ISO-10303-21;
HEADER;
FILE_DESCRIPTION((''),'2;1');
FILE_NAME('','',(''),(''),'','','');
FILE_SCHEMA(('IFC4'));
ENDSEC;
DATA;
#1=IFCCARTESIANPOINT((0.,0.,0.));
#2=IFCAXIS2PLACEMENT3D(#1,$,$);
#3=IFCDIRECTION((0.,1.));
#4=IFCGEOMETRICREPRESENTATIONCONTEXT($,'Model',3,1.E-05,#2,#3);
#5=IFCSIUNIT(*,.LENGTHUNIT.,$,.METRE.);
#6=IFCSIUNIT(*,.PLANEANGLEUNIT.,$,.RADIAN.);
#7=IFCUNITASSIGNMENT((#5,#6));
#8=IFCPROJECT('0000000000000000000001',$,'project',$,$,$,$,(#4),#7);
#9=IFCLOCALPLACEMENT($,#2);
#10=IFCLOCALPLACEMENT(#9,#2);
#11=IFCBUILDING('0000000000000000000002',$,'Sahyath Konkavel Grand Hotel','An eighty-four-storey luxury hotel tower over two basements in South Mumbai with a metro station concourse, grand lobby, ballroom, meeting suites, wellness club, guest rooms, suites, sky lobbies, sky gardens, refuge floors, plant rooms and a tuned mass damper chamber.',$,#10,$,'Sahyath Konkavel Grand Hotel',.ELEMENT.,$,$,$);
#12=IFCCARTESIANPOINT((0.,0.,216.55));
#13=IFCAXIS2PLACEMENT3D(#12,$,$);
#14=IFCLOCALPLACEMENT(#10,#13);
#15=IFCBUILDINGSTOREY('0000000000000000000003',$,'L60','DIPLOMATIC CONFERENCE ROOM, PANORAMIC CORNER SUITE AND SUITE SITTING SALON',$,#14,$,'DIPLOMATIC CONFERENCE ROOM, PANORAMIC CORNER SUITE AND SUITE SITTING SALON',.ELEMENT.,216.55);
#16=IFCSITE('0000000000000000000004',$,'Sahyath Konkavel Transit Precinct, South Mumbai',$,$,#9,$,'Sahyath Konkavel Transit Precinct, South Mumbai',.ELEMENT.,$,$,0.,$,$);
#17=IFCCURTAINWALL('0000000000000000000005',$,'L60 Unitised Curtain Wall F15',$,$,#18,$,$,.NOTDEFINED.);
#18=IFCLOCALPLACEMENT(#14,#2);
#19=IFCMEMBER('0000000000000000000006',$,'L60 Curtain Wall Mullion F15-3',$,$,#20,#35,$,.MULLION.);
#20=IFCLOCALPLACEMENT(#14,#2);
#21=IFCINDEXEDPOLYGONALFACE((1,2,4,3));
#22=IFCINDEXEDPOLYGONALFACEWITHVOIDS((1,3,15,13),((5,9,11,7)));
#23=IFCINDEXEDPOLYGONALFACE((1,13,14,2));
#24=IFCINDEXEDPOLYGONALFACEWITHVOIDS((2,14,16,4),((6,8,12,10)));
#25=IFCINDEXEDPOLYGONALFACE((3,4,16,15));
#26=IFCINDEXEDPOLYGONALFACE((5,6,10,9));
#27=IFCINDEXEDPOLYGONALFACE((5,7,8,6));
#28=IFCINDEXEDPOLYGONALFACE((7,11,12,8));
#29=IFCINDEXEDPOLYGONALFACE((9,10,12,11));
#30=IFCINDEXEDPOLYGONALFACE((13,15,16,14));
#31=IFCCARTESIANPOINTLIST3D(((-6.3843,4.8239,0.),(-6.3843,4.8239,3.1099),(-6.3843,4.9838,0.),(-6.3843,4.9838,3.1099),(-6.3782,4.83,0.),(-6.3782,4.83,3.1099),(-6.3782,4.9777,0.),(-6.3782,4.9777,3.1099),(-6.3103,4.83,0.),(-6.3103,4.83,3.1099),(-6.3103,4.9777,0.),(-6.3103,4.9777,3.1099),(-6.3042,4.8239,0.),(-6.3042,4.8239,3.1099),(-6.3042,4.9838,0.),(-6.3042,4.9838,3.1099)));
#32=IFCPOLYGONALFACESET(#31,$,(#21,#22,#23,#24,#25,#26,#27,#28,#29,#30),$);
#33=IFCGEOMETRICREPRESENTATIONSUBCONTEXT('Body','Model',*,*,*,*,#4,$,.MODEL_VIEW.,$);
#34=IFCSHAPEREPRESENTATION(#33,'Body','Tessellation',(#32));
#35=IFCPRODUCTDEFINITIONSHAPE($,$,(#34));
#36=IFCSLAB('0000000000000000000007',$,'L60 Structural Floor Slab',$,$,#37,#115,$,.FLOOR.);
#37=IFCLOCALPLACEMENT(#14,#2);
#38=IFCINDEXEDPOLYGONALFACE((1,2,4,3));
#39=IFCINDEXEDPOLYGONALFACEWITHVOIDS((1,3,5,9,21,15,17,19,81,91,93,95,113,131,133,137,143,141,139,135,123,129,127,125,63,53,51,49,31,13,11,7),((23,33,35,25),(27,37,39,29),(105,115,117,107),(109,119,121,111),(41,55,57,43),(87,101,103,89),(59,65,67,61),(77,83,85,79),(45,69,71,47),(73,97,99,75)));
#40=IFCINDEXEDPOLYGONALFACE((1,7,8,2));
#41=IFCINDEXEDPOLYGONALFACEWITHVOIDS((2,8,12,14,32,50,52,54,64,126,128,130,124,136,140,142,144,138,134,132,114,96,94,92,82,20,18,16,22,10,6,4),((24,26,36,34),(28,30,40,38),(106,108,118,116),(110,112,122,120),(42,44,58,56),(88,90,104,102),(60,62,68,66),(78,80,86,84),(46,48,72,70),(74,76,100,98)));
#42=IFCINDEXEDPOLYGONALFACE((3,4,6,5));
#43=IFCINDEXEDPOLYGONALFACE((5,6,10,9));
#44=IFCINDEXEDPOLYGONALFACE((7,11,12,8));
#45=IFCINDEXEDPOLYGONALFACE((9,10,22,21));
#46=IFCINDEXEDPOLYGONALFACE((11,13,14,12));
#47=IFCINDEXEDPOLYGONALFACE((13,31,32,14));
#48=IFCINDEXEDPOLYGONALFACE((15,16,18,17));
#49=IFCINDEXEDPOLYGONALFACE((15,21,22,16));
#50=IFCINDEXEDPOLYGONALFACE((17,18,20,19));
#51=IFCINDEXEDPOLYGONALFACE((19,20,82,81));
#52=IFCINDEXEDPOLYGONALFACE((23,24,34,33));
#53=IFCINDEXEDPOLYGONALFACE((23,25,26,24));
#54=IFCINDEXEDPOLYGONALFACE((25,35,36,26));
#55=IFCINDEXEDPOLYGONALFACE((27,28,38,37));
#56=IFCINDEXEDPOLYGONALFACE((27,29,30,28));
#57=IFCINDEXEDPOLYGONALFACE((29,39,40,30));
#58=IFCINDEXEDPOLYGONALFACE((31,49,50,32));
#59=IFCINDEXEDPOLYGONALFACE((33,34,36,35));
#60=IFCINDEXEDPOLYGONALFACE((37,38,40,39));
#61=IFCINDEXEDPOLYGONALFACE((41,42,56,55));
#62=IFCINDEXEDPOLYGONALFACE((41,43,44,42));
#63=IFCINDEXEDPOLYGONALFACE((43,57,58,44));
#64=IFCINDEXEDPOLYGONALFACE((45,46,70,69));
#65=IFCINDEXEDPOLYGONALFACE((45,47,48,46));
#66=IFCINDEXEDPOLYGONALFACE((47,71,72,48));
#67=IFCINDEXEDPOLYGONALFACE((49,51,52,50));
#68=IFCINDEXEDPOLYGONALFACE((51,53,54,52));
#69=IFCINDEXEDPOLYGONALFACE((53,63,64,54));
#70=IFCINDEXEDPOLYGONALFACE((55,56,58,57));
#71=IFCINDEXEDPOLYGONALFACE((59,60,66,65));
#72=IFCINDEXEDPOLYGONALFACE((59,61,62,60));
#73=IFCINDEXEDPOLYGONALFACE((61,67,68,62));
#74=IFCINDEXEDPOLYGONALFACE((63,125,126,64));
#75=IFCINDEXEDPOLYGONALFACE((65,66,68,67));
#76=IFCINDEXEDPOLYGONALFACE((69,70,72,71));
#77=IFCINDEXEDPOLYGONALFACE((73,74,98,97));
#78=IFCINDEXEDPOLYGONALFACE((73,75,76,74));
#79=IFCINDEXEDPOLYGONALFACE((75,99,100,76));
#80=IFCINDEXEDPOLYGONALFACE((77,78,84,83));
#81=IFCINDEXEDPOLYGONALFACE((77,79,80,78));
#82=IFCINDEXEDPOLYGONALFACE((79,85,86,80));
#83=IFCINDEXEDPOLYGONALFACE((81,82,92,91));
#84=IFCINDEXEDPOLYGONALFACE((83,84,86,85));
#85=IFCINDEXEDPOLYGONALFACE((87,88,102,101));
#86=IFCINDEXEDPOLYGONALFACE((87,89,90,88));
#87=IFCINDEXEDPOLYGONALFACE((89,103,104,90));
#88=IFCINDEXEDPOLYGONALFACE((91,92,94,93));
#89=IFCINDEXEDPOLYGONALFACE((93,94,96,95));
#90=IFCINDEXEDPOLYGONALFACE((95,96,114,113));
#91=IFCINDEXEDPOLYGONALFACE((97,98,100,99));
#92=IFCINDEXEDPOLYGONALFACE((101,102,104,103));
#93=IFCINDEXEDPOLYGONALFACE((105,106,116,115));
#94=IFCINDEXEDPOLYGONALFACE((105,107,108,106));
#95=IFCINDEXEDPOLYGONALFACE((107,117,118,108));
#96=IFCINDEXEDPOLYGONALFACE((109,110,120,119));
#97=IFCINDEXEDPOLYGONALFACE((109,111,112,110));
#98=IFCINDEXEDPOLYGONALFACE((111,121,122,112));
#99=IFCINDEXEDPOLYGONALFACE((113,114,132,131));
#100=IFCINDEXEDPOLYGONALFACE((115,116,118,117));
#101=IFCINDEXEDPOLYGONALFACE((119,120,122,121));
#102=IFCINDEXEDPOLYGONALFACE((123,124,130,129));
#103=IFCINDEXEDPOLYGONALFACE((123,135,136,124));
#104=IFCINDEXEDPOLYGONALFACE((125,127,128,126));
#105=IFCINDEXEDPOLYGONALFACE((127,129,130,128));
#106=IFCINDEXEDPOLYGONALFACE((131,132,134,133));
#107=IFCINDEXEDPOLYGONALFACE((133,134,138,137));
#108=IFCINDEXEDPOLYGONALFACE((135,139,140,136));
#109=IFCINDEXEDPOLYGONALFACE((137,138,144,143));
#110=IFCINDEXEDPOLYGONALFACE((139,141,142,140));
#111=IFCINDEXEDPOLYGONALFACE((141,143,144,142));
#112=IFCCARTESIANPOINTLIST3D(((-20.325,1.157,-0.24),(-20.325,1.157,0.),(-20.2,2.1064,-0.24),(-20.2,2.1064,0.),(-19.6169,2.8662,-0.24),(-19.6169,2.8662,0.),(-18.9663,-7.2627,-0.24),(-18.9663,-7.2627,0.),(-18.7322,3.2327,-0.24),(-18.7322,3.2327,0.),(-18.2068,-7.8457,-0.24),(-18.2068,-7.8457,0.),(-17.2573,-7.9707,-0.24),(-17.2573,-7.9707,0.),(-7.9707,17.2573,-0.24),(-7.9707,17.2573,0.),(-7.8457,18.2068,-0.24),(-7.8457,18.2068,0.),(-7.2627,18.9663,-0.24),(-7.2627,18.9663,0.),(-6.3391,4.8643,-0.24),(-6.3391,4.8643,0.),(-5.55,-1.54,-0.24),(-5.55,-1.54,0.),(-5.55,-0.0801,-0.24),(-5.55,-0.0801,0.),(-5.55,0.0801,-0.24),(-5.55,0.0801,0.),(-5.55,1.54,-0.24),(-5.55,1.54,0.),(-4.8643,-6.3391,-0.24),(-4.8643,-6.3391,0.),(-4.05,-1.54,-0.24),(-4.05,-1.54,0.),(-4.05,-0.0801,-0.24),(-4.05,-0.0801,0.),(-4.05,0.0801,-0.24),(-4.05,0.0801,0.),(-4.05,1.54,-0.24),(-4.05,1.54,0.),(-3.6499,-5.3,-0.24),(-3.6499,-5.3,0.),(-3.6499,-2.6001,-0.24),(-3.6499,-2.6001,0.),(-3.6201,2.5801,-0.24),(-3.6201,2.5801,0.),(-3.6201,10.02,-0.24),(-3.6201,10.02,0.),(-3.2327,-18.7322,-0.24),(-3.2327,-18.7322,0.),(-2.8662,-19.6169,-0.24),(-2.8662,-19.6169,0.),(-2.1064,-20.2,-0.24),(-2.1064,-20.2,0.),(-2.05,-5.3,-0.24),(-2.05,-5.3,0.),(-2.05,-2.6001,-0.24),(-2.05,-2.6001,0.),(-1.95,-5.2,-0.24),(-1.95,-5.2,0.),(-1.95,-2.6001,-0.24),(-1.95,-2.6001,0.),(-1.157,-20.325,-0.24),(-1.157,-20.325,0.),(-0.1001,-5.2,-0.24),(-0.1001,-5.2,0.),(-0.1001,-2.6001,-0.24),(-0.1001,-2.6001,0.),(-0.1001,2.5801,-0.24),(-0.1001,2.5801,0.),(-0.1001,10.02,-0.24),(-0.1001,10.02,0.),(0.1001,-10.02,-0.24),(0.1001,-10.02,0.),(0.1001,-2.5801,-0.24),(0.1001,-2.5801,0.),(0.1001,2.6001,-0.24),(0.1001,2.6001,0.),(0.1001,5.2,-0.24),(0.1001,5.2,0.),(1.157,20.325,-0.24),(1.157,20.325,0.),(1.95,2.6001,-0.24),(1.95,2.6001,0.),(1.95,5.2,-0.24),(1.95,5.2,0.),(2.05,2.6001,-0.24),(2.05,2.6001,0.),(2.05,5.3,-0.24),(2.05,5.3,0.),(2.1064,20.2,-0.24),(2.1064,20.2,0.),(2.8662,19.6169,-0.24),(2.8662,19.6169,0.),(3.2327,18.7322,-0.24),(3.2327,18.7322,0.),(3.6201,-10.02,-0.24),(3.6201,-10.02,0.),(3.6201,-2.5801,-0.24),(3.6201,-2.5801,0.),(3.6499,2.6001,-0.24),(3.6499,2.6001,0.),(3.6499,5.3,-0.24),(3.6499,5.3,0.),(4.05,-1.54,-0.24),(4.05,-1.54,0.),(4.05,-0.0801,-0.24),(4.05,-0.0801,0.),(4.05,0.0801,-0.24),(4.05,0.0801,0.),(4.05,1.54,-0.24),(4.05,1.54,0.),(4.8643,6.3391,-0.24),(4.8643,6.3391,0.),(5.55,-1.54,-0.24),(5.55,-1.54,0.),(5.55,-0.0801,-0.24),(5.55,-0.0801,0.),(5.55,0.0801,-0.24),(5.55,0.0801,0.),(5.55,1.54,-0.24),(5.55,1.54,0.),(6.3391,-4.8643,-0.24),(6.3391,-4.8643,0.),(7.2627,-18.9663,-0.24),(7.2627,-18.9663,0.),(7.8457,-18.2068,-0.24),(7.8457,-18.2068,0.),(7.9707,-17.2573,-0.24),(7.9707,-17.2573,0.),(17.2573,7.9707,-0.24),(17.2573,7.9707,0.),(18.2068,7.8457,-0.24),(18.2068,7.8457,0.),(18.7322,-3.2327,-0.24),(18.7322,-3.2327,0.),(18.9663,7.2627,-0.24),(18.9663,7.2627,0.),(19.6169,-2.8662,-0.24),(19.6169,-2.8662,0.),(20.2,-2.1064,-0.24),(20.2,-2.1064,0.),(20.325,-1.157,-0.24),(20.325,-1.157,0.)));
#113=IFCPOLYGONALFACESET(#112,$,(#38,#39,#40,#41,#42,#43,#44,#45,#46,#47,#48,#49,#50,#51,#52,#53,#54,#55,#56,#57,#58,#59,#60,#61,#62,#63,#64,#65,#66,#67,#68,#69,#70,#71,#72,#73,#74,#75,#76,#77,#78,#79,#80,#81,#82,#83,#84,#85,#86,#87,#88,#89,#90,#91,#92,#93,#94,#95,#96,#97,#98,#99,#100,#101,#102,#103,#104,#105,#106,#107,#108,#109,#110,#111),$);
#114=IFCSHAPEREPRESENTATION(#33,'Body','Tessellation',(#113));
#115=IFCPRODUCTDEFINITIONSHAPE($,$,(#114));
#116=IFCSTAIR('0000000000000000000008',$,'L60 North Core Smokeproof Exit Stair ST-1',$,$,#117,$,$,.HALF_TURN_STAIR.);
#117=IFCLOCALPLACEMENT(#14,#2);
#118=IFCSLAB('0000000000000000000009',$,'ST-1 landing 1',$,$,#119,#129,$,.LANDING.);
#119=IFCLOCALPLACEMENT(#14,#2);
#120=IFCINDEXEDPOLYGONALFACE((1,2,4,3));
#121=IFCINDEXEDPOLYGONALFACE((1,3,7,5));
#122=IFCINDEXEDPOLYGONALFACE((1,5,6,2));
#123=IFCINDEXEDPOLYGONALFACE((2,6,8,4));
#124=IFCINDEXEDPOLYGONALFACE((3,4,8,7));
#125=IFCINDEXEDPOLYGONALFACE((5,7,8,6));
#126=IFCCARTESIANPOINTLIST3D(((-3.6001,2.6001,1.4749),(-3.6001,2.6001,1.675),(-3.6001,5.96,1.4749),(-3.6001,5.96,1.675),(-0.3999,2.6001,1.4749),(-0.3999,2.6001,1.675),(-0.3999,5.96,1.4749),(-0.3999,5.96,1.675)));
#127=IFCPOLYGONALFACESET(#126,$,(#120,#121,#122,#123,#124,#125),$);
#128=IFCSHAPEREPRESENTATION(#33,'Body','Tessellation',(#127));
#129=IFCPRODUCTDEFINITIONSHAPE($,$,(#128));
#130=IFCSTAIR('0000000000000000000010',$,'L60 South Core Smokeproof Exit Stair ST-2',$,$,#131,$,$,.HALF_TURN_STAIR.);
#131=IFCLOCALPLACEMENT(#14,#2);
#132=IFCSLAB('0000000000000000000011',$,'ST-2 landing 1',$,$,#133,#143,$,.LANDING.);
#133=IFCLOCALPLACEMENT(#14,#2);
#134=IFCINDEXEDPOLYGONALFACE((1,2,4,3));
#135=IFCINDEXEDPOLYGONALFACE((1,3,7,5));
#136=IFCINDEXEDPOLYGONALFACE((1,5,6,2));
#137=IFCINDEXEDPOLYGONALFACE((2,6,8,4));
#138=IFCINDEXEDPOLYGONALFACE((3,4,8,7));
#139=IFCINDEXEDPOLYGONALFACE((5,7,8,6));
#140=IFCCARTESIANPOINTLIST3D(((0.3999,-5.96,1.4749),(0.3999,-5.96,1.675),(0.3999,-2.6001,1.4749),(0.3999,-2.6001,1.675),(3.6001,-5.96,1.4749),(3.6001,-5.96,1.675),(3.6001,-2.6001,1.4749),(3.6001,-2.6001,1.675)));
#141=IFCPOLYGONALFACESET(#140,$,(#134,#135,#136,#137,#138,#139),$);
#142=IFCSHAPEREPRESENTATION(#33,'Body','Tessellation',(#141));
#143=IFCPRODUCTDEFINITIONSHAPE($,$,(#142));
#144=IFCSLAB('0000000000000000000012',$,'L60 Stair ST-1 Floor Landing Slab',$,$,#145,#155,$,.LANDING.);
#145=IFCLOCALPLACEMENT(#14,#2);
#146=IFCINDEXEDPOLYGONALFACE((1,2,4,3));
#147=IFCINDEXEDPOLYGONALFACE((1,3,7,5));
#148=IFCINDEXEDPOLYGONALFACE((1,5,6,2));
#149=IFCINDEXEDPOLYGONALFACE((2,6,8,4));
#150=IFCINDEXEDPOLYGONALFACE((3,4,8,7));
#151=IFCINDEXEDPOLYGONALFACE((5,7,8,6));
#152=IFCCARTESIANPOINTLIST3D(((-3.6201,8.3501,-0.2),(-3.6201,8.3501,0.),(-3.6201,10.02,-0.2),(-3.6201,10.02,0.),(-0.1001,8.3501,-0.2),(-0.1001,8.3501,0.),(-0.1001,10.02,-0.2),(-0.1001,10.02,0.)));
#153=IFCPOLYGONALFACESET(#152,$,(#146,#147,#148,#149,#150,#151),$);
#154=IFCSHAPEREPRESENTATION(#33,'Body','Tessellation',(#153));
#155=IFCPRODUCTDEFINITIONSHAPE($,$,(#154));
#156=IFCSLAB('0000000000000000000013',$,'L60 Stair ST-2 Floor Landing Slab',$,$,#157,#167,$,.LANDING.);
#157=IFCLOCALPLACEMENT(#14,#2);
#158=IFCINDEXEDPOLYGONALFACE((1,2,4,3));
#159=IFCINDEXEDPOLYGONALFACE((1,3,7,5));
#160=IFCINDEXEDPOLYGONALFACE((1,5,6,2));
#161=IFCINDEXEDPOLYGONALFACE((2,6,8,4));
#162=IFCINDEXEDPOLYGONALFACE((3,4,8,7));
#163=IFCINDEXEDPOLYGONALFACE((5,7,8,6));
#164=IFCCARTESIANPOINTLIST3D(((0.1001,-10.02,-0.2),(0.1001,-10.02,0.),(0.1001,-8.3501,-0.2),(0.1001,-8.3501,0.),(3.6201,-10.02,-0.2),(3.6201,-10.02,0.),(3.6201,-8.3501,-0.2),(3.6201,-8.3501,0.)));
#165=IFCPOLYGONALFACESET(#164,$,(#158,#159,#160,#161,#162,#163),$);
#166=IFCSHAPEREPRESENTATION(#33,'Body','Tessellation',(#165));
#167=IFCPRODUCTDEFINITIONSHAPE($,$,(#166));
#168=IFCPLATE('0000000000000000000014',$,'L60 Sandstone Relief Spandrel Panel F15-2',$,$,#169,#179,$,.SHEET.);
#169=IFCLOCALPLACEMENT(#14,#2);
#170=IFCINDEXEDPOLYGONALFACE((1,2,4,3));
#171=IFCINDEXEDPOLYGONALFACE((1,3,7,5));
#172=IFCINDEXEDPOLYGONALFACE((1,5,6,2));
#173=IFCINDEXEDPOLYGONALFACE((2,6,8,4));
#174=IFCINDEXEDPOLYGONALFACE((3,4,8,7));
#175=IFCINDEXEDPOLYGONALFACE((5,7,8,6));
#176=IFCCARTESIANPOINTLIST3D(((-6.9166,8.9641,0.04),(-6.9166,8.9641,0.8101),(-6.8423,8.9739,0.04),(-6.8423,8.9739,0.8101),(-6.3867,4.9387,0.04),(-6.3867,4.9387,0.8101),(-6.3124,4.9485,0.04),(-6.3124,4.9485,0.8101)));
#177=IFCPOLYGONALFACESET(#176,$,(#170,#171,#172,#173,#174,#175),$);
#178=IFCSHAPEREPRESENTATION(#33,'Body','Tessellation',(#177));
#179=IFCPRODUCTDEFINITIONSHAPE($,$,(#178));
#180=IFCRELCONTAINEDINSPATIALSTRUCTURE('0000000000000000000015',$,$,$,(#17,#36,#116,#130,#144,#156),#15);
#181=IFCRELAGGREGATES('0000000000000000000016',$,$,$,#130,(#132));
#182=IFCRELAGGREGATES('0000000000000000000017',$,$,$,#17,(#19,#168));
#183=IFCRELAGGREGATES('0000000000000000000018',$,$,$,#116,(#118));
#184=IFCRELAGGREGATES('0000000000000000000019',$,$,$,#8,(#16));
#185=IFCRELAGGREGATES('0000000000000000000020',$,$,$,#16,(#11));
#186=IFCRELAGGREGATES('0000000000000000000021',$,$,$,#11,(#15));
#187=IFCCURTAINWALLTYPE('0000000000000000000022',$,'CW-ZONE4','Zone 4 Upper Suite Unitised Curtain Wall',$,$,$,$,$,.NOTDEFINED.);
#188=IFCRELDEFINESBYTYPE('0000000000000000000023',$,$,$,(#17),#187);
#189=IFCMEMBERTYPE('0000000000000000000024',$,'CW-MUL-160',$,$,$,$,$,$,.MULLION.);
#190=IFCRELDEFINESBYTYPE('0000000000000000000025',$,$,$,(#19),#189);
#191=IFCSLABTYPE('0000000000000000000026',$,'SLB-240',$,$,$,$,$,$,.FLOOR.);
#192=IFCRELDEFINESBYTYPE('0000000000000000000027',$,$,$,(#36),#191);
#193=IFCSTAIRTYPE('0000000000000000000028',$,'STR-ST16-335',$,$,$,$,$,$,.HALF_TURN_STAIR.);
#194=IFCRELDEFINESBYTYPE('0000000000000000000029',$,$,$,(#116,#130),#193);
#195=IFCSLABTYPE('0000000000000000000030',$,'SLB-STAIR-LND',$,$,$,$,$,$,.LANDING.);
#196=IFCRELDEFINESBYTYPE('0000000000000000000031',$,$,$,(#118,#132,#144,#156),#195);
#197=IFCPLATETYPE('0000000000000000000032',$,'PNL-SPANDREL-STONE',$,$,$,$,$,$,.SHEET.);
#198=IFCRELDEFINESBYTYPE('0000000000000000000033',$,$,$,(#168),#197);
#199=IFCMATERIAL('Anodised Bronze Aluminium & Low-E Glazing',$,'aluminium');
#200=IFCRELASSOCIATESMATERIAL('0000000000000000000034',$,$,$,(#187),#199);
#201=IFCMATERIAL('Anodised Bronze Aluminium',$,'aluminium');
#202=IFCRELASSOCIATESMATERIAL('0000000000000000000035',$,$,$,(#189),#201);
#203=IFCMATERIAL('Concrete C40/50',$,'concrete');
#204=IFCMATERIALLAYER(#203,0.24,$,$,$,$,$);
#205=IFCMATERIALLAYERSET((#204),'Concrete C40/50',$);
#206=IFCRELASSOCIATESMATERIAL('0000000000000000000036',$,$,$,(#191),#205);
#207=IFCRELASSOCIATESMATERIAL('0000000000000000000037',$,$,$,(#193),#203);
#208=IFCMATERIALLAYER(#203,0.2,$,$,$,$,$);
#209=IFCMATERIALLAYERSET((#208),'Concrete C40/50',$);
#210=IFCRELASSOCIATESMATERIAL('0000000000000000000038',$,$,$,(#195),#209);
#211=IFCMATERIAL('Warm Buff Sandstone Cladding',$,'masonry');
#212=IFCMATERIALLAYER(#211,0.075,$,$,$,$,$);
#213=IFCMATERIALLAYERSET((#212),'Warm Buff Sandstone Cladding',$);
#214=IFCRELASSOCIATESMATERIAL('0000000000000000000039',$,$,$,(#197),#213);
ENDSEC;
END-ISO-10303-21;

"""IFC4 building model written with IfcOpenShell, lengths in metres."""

from ifc_helpers import new_model, si_unit, direction, frame, origin, origin_2d, place, context, subcontext, project, spatial, polyline, rectangle, hollow_rectangle, outline, extrude, source, transform, mapped, material, layer, layer_set, material_profile, profile_set, type_object, element, aggregate, save


model = new_model("IFC4")

# Units and contexts
model_context = context("Model", 3, precision=1e-05, world=origin(), true_north=direction((0.0, 1.0)))
body_context = subcontext(model_context, "Body", "Model", "MODEL_VIEW")
ifc_project = project(units=[si_unit("LENGTHUNIT", "METRE"), si_unit("PLANEANGLEUNIT", "RADIAN")], contexts=[model_context])

# Site, building, storey
site_placement = place(None, origin())
site = spatial("IfcSite", under=ifc_project, at=site_placement, Name="Sahyath Konkavel Transit Precinct, South Mumbai", LongName="Sahyath Konkavel Transit Precinct, South Mumbai", CompositionType="ELEMENT", RefElevation=0.0)
building_placement = place(site_placement, origin())
building = spatial("IfcBuilding", under=site, at=building_placement, Name="Sahyath Konkavel Grand Hotel", Description="An eighty-four-storey luxury hotel tower over two basements in South Mumbai with a metro station concourse, grand lobby, ballroom, meeting suites, wellness club, guest rooms, suites, sky lobbies, sky gardens, refuge floors, plant rooms and a tuned mass damper chamber.", LongName="Sahyath Konkavel Grand Hotel", CompositionType="ELEMENT")
storey_placement = place(building_placement, frame((0.0, 0.0, 216.55)))
storey = spatial("IfcBuildingStorey", under=building, at=storey_placement, Name="L60", Description="DIPLOMATIC CONFERENCE ROOM, PANORAMIC CORNER SUITE AND SUITE SITTING SALON", LongName="DIPLOMATIC CONFERENCE ROOM, PANORAMIC CORNER SUITE AND SUITE SITTING SALON", CompositionType="ELEMENT", Elevation=216.55)

# Shared definitions
ifc_material_1 = material(Name="Concrete C40/50", Category="concrete")

# Curtain wall, member
ifc_material_2 = material(Name="Anodised Bronze Aluminium & Low-E Glazing", Category="aluminium")
curtain_wall_type = type_object("IfcCurtainWallType", Name="CW-ZONE4", Description="Zone 4 Upper Suite Unitised Curtain Wall", PredefinedType="NOTDEFINED", material=ifc_material_2)
curtain_wall_placement = place(storey_placement, origin())
curtain_wall = element("IfcCurtainWall", 1, at=curtain_wall_placement, inside=storey, type_object=curtain_wall_type, Name="L60 Unitised Curtain Wall F15", PredefinedType="NOTDEFINED")
ifc_material_3 = material(Name="Anodised Bronze Aluminium", Category="aluminium")
ifc_material_profile_1 = material_profile(ifc_material_3, hollow_rectangle(XDim=0.0801, YDim=0.1599, WallThickness=0.0061, at=origin_2d()), Name="RHS 160x80x6")
ifc_profile_set_1 = profile_set([ifc_material_profile_1], Name="Anodised Bronze Aluminium")
member_type = type_object("IfcMemberType", Name="CW-MUL-160", PredefinedType="MULLION", material=ifc_profile_set_1)
shared_shape_1 = source(origin(), body_context, "Body", "SweptSolid", [
    extrude(hollow_rectangle(XDim=0.0801, YDim=0.1599, WallThickness=0.0061, at=origin_2d()), origin(), (0.0, 0.0, 1.0), 3.1099),
])
member_placement = place(storey_placement, frame((-6.3442, 4.9038, 0.0), z_axis=(0.0, 0.0, 1.0), x_axis=(1.0, 0.0, 0.0)))
member = element("IfcMember", 2, at=member_placement, type_object=member_type, Name="L60 Curtain Wall Mullion F15-3", PredefinedType="MULLION", context=body_context, shape_type="MappedRepresentation", body=[
    mapped(shared_shape_1, transform((0.0, 0.0, 0.0), scale=1.0)),
])

# Slab
ifc_layer_1 = layer(ifc_material_1, 0.24)
ifc_layer_set_1 = layer_set([ifc_layer_1], Name="Concrete C40/50")
slab_type_1 = type_object("IfcSlabType", Name="SLB-240", PredefinedType="FLOOR", material=ifc_layer_set_1)
slab_1_placement = place(storey_placement, frame((0.0, 0.0, -0.24)))
element("IfcSlab", 3, at=slab_1_placement, inside=storey, type_object=slab_type_1, Name="L60 Structural Floor Slab", PredefinedType="FLOOR", context=body_context, shape_type="SweptSolid", body=[
    extrude(outline(polyline([(6.3391, -4.8643), (18.7322, -3.2327), (19.6169, -2.8662), (20.2, -2.1064), (20.325, -1.157), (18.9663, 7.2627), (18.2068, 7.8457), (17.2573, 7.9707), (4.8643, 6.3391), (3.2327, 18.7322), (2.8662, 19.6169), (2.1064, 20.2), (1.157, 20.325), (-7.2627, 18.9663), (-7.8457, 18.2068), (-7.9707, 17.2573), (-6.3391, 4.8643), (-18.7322, 3.2327), (-19.6169, 2.8662), (-20.2, 2.1064), (-20.325, 1.157), (-18.9663, -7.2627), (-18.2068, -7.8457), (-17.2573, -7.9707), (-4.8643, -6.3391), (-3.2327, -18.7322), (-2.8662, -19.6169), (-2.1064, -20.2), (-1.157, -20.325), (7.2627, -18.9663), (7.8457, -18.2068), (7.9707, -17.2573), (6.3391, -4.8643)]), holes=[polyline([(-3.6201, 2.5801), (-0.1001, 2.5801), (-0.1001, 10.02), (-3.6201, 10.02), (-3.6201, 2.5801)]), polyline([(0.1001, -10.02), (3.6201, -10.02), (3.6201, -2.5801), (0.1001, -2.5801), (0.1001, -10.02)]), polyline([(0.1001, 2.6001), (1.95, 2.6001), (1.95, 5.2), (0.1001, 5.2), (0.1001, 2.6001)]), polyline([(-1.95, -5.2), (-0.1001, -5.2), (-0.1001, -2.6001), (-1.95, -2.6001), (-1.95, -5.2)]), polyline([(2.05, 2.6001), (3.6499, 2.6001), (3.6499, 5.3), (2.05, 5.3), (2.05, 2.6001)]), polyline([(-3.6499, -5.3), (-2.05, -5.3), (-2.05, -2.6001), (-3.6499, -2.6001), (-3.6499, -5.3)]), polyline([(4.05, 0.0801), (5.55, 0.0801), (5.55, 1.54), (4.05, 1.54), (4.05, 0.0801)]), polyline([(4.05, -1.54), (5.55, -1.54), (5.55, -0.0801), (4.05, -0.0801), (4.05, -1.54)]), polyline([(-5.55, 0.0801), (-4.05, 0.0801), (-4.05, 1.54), (-5.55, 1.54), (-5.55, 0.0801)]), polyline([(-5.55, -1.54), (-4.05, -1.54), (-4.05, -0.0801), (-5.55, -0.0801), (-5.55, -1.54)])]), origin(), (0.0, 0.0, 1.0), 0.24),
])

# Stairs, slabs
stair_type = type_object("IfcStairType", Name="STR-ST16-335", PredefinedType="HALF_TURN_STAIR", material=ifc_material_1)
stair_1_placement = place(storey_placement, origin())
stair_1 = element("IfcStair", 4, at=stair_1_placement, inside=storey, type_object=stair_type, Name="L60 North Core Smokeproof Exit Stair ST-1", PredefinedType="HALF_TURN_STAIR")
ifc_layer_2 = layer(ifc_material_1, 0.2)
ifc_layer_set_2 = layer_set([ifc_layer_2], Name="Concrete C40/50")
slab_type_2 = type_object("IfcSlabType", Name="SLB-STAIR-LND", PredefinedType="LANDING", material=ifc_layer_set_2)
slab_2_placement = place(storey_placement, frame((0.0, 0.0, 1.4749)))
slab_2 = element("IfcSlab", 5, at=slab_2_placement, type_object=slab_type_2, Name="ST-1 landing 1", PredefinedType="LANDING", context=body_context, shape_type="SweptSolid", body=[
    extrude(outline(polyline([(-3.6001, 5.96), (-3.6001, 2.6001), (-0.3999, 2.6001), (-0.3999, 5.96), (-3.6001, 5.96)])), origin(), (0.0, 0.0, 1.0), 0.2002),
])
stair_2_placement = place(storey_placement, origin())
stair_2 = element("IfcStair", 6, at=stair_2_placement, inside=storey, type_object=stair_type, Name="L60 South Core Smokeproof Exit Stair ST-2", PredefinedType="HALF_TURN_STAIR")
slab_3_placement = place(storey_placement, frame((0.0, 0.0, 1.4749)))
slab_3 = element("IfcSlab", 7, at=slab_3_placement, type_object=slab_type_2, Name="ST-2 landing 1", PredefinedType="LANDING", context=body_context, shape_type="SweptSolid", body=[
    extrude(outline(polyline([(3.6001, -5.96), (3.6001, -2.6001), (0.3999, -2.6001), (0.3999, -5.96), (3.6001, -5.96)])), origin(), (0.0, 0.0, 1.0), 0.2002),
])
aggregate(stair_2, [slab_3])

# Slabs
slab_4_placement = place(storey_placement, frame((0.0, 0.0, -0.2)))
element("IfcSlab", 8, at=slab_4_placement, inside=storey, type_object=slab_type_2, Name="L60 Stair ST-1 Floor Landing Slab", PredefinedType="LANDING", context=body_context, shape_type="SweptSolid", body=[
    extrude(outline(polyline([(-3.6201, 8.3501), (-0.1001, 8.3501), (-0.1001, 10.02), (-3.6201, 10.02), (-3.6201, 8.3501)])), origin(), (0.0, 0.0, 1.0), 0.2),
])
slab_5_placement = place(storey_placement, frame((0.0, 0.0, -0.2)))
element("IfcSlab", 9, at=slab_5_placement, inside=storey, type_object=slab_type_2, Name="L60 Stair ST-2 Floor Landing Slab", PredefinedType="LANDING", context=body_context, shape_type="SweptSolid", body=[
    extrude(outline(polyline([(0.1001, -10.02), (3.6201, -10.02), (3.6201, -8.3501), (0.1001, -8.3501), (0.1001, -10.02)])), origin(), (0.0, 0.0, 1.0), 0.2),
])

# Plate
ifc_material_4 = material(Name="Warm Buff Sandstone Cladding", Category="masonry")
ifc_layer_3 = layer(ifc_material_4, 0.075)
ifc_layer_set_3 = layer_set([ifc_layer_3], Name="Warm Buff Sandstone Cladding")
plate_type = type_object("IfcPlateType", Name="PNL-SPANDREL-STONE", PredefinedType="SHEET", material=ifc_layer_set_3)
shared_shape_2 = source(origin(), body_context, "Body", "SweptSolid", [
    extrude(rectangle(XDim=4.0601, YDim=0.075, at=origin_2d()), origin(), (0.0, 0.0, 1.0), 0.77),
])
plate_placement = place(storey_placement, frame((-6.6145, 6.9563, 0.04), z_axis=(0.0, 0.0, 1.0), x_axis=(0.130526, -0.991445, 0.0)))
plate = element("IfcPlate", 10, at=plate_placement, type_object=plate_type, Name="L60 Sandstone Relief Spandrel Panel F15-2", PredefinedType="SHEET", context=body_context, shape_type="MappedRepresentation", body=[
    mapped(shared_shape_2, transform((0.0, 0.0, 0.0), scale=1.0)),
])
aggregate(curtain_wall, [member, plate])

aggregate(stair_1, [slab_2])

save(model, "model.ifc")
